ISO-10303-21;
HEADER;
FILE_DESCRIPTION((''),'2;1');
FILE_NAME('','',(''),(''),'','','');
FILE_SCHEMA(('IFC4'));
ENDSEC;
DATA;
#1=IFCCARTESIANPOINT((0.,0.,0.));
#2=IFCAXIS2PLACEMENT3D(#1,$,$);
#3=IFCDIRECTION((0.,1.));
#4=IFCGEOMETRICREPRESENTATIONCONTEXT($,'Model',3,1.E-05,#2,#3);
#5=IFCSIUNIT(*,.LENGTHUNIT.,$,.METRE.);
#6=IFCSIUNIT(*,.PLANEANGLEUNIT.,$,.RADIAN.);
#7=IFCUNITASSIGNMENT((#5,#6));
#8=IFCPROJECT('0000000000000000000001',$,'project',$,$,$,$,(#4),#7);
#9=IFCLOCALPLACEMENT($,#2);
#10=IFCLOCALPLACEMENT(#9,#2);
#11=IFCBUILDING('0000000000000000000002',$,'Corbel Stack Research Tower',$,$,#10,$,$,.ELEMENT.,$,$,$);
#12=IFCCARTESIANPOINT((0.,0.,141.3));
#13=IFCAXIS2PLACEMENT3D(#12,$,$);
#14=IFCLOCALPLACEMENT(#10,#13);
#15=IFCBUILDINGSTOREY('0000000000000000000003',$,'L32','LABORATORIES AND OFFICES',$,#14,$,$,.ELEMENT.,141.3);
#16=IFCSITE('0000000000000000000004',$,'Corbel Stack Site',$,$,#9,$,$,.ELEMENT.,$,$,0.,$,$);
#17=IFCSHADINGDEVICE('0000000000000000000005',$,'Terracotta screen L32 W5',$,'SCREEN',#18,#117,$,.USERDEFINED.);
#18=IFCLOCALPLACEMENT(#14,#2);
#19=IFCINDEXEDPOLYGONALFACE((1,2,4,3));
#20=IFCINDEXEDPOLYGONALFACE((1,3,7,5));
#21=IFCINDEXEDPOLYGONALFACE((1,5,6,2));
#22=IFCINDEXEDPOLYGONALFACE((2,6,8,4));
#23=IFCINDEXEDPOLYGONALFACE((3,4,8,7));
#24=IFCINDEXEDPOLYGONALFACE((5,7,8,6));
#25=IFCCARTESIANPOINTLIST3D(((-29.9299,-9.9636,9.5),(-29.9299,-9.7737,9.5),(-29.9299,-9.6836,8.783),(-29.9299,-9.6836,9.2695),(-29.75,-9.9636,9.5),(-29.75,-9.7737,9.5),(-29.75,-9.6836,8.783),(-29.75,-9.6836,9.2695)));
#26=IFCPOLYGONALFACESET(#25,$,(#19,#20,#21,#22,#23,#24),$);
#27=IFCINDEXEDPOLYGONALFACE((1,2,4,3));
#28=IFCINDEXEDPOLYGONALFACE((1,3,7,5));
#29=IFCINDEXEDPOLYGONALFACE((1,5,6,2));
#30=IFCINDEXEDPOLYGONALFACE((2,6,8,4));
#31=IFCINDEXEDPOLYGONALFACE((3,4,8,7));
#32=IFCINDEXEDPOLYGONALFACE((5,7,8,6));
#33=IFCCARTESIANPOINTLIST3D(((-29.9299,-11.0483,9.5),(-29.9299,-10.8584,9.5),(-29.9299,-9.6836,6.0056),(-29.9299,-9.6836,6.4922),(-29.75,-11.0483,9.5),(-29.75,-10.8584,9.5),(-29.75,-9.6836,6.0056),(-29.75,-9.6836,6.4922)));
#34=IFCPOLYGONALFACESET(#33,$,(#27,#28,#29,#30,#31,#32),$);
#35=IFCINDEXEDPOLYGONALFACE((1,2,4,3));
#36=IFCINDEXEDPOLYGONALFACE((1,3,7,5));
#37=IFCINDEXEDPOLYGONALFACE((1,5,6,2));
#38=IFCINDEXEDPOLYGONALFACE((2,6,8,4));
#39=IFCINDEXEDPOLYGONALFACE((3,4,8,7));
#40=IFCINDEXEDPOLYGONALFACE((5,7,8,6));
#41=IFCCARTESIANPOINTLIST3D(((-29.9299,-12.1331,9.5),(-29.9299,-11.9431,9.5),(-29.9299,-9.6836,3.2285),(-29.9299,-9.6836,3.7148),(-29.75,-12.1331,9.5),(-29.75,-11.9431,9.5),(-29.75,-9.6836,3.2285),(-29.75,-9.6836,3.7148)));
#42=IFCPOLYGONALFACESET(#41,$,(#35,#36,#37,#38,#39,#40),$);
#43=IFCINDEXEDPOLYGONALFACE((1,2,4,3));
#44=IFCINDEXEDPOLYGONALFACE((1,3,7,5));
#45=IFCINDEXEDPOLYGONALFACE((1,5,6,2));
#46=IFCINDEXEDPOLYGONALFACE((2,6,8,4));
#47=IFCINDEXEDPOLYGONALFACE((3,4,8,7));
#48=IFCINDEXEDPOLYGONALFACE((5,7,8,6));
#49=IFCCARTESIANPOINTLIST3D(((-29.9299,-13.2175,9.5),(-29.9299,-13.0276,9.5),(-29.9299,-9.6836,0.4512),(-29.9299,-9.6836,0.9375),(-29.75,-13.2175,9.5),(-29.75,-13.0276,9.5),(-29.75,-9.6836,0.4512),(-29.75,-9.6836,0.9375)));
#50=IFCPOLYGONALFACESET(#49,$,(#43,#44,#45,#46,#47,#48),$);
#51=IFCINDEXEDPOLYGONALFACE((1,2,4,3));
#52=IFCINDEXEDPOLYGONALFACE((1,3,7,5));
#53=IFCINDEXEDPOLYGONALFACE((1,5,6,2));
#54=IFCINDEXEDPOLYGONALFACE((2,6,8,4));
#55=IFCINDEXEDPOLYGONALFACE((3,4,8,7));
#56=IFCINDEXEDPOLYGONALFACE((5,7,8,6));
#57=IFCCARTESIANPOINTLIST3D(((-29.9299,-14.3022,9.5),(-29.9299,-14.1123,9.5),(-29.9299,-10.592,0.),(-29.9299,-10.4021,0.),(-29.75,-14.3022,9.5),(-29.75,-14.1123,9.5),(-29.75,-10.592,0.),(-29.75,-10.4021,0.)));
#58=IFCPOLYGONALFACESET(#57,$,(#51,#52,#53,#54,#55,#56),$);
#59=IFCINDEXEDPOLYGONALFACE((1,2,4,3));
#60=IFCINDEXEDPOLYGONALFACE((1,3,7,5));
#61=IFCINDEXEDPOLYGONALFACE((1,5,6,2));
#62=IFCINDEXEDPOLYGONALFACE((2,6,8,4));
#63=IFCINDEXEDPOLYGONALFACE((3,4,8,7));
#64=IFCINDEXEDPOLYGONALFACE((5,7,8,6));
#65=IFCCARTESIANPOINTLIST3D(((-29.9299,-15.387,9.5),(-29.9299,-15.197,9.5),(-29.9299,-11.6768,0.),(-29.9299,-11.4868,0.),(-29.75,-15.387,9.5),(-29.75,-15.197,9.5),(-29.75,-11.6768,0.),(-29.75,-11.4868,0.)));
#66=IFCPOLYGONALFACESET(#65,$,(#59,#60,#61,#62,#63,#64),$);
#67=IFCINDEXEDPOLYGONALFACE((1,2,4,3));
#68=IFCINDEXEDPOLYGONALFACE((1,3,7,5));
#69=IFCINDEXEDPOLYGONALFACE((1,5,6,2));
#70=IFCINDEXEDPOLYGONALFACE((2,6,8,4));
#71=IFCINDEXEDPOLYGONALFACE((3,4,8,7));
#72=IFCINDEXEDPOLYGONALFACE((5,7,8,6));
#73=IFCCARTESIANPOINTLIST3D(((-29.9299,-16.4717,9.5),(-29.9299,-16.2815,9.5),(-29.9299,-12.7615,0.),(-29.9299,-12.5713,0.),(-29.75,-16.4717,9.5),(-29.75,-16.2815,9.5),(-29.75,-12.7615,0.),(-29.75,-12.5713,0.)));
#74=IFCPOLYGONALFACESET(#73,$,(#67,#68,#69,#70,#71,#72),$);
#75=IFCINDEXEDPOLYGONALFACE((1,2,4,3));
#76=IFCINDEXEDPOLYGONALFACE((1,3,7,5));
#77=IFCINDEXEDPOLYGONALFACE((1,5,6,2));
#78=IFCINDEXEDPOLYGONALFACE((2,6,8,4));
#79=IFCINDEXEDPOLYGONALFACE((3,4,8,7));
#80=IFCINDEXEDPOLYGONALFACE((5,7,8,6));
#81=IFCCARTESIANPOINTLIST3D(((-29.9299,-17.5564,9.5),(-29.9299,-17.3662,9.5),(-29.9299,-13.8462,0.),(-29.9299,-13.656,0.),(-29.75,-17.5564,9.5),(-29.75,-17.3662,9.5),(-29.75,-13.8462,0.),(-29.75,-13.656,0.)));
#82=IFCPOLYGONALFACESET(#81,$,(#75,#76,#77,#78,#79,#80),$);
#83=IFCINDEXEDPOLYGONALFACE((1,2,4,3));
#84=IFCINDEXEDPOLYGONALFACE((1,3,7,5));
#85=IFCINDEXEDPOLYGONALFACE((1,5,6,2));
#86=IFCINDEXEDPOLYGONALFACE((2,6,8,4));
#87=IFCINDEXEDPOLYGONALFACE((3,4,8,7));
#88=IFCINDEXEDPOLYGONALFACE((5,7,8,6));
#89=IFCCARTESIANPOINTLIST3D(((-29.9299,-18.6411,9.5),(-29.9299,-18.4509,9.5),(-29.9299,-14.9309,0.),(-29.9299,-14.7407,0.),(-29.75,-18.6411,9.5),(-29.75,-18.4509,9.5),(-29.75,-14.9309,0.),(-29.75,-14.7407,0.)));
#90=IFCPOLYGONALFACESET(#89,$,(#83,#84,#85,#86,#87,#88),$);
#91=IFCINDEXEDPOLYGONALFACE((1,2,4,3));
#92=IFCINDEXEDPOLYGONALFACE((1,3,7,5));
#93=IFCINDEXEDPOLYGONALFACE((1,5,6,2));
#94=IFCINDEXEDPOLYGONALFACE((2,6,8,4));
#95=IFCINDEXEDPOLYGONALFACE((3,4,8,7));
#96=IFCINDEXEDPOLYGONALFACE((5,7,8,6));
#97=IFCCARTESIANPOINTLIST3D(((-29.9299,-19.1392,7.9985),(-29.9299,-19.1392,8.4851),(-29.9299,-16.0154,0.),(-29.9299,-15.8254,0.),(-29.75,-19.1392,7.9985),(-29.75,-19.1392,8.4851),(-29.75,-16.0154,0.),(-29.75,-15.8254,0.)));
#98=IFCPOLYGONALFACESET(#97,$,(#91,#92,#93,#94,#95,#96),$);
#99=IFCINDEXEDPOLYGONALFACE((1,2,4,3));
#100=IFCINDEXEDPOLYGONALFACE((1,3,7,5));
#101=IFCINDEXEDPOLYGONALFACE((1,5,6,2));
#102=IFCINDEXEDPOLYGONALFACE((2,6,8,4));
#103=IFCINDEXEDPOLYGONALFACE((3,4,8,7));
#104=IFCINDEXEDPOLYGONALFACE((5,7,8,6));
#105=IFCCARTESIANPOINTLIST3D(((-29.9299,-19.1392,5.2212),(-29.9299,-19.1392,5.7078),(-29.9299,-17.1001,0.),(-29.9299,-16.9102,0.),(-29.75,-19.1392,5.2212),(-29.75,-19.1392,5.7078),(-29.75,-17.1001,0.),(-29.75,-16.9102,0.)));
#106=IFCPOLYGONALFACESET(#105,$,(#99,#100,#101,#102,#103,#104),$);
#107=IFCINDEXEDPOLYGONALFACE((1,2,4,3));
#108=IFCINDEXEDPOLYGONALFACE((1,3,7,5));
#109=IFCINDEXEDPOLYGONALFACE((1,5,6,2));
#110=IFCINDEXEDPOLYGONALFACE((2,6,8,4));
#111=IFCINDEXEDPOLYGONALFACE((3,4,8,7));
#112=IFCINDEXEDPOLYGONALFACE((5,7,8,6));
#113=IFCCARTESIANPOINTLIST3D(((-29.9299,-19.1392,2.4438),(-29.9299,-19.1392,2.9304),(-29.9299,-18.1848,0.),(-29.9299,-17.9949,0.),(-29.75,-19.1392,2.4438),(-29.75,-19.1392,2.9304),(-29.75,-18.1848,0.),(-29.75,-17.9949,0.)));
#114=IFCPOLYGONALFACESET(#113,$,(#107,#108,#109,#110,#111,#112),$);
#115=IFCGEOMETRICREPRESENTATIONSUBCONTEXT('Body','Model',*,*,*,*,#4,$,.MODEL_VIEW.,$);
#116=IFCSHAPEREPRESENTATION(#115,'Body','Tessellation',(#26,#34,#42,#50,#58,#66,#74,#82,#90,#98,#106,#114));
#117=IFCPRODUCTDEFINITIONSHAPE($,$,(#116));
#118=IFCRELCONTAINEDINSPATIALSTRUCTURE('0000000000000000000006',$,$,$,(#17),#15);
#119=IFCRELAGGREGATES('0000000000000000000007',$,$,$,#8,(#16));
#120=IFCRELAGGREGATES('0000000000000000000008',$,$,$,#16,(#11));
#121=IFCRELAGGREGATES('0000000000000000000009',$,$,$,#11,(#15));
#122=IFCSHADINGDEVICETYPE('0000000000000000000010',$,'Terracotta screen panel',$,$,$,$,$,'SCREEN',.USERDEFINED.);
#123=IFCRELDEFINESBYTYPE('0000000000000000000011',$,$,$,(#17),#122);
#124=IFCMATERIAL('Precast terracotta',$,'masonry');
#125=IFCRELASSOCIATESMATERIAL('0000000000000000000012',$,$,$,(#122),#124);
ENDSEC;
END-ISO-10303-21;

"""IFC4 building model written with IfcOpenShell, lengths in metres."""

from ifc_helpers import new_model, si_unit, direction, frame, origin, place, context, subcontext, project, spatial, polyline, outline, extrude, source, transform, mapped, material, type_object, element, save


model = new_model("IFC4")

# Units and contexts
model_context = context("Model", 3, precision=1e-05, world=origin(), true_north=direction((0.0, 1.0)))
body_context = subcontext(model_context, "Body", "Model", "MODEL_VIEW")
ifc_project = project(units=[si_unit("LENGTHUNIT", "METRE"), si_unit("PLANEANGLEUNIT", "RADIAN")], contexts=[model_context])

# Site, building, storey
site_placement = place(None, origin())
site = spatial("IfcSite", under=ifc_project, at=site_placement, Name="Corbel Stack Site", CompositionType="ELEMENT", RefElevation=0.0)
building_placement = place(site_placement, origin())
building = spatial("IfcBuilding", under=site, at=building_placement, Name="Corbel Stack Research Tower", CompositionType="ELEMENT")
storey_placement = place(building_placement, frame((0.0, 0.0, 141.3)))
storey = spatial("IfcBuildingStorey", under=building, at=storey_placement, Name="L32", Description="LABORATORIES AND OFFICES", CompositionType="ELEMENT", Elevation=141.3)

# Shading device
ifc_material_1 = material(Name="Precast terracotta", Category="masonry")
shading_device_type = type_object("IfcShadingDeviceType", Name="Terracotta screen panel", ElementType="SCREEN", PredefinedType="USERDEFINED", material=ifc_material_1)
shared_shape_1 = source(origin(), body_context, "Body", "SweptSolid", [
    extrude(outline(polyline([(0.28, 9.5), (0.0901, 9.5), (0.0, 9.2695), (0.0, 8.783), (0.28, 9.5)])), frame((0.0, 0.0, 0.0), z_axis=(0.0, -1.0, 0.0), x_axis=(1.0, 0.0, 0.0)), (0.0, 0.0, 1.0), 0.1799),
    extrude(outline(polyline([(1.3647, 9.5), (1.1748, 9.5), (0.0, 6.4922), (0.0, 6.0056), (1.3647, 9.5)])), frame((0.0, 0.0, 0.0), z_axis=(0.0, -1.0, 0.0), x_axis=(1.0, 0.0, 0.0)), (0.0, 0.0, 1.0), 0.1799),
    extrude(outline(polyline([(2.4495, 9.5), (2.2595, 9.5), (0.0, 3.7148), (0.0, 3.2285), (2.4495, 9.5)])), frame((0.0, 0.0, 0.0), z_axis=(0.0, -1.0, 0.0), x_axis=(1.0, 0.0, 0.0)), (0.0, 0.0, 1.0), 0.1799),
    extrude(outline(polyline([(3.5339, 9.5), (3.344, 9.5), (0.0, 0.9375), (0.0, 0.4512), (3.5339, 9.5)])), frame((0.0, 0.0, 0.0), z_axis=(0.0, -1.0, 0.0), x_axis=(1.0, 0.0, 0.0)), (0.0, 0.0, 1.0), 0.1799),
    extrude(outline(polyline([(0.9084, 0.0), (4.6187, 9.5), (4.4287, 9.5), (0.7185, 0.0), (0.9084, 0.0)])), frame((0.0, 0.0, 0.0), z_axis=(0.0, -1.0, 0.0), x_axis=(1.0, 0.0, 0.0)), (0.0, 0.0, 1.0), 0.1799),
    extrude(outline(polyline([(1.9932, 0.0), (5.7034, 9.5), (5.5134, 9.5), (1.8032, 0.0), (1.9932, 0.0)])), frame((0.0, 0.0, 0.0), z_axis=(0.0, -1.0, 0.0), x_axis=(1.0, 0.0, 0.0)), (0.0, 0.0, 1.0), 0.1799),
    extrude(outline(polyline([(3.0779, 0.0), (6.7881, 9.5), (6.5979, 9.5), (2.8877, 0.0), (3.0779, 0.0)])), frame((0.0, 0.0, 0.0), z_axis=(0.0, -1.0, 0.0), x_axis=(1.0, 0.0, 0.0)), (0.0, 0.0, 1.0), 0.1799),
    extrude(outline(polyline([(4.1626, 0.0), (7.8728, 9.5), (7.6826, 9.5), (3.9724, 0.0), (4.1626, 0.0)])), frame((0.0, 0.0, 0.0), z_axis=(0.0, -1.0, 0.0), x_axis=(1.0, 0.0, 0.0)), (0.0, 0.0, 1.0), 0.1799),
    extrude(outline(polyline([(5.2473, 0.0), (8.9575, 9.5), (8.7673, 9.5), (5.0571, 0.0), (5.2473, 0.0)])), frame((0.0, 0.0, 0.0), z_axis=(0.0, -1.0, 0.0), x_axis=(1.0, 0.0, 0.0)), (0.0, 0.0, 1.0), 0.1799),
    extrude(outline(polyline([(6.3318, 0.0), (9.4556, 7.9985), (9.4556, 8.4851), (6.1418, 0.0), (6.3318, 0.0)])), frame((0.0, 0.0, 0.0), z_axis=(0.0, -1.0, 0.0), x_axis=(1.0, 0.0, 0.0)), (0.0, 0.0, 1.0), 0.1799),
    extrude(outline(polyline([(7.4165, 0.0), (9.4556, 5.2212), (9.4556, 5.7078), (7.2266, 0.0), (7.4165, 0.0)])), frame((0.0, 0.0, 0.0), z_axis=(0.0, -1.0, 0.0), x_axis=(1.0, 0.0, 0.0)), (0.0, 0.0, 1.0), 0.1799),
    extrude(outline(polyline([(8.5012, 0.0), (9.4556, 2.4438), (9.4556, 2.9304), (8.3113, 0.0), (8.5012, 0.0)])), frame((0.0, 0.0, 0.0), z_axis=(0.0, -1.0, 0.0), x_axis=(1.0, 0.0, 0.0)), (0.0, 0.0, 1.0), 0.1799),
])
shading_device_1_placement = place(storey_placement, frame((-29.75, -9.6836, 0.0), z_axis=(0.0, 0.0, 1.0), x_axis=(0.0, -1.0, 0.0)))
element("IfcShadingDevice", 1, at=shading_device_1_placement, inside=storey, type_object=shading_device_type, Name="Terracotta screen L32 W5", ObjectType="SCREEN", PredefinedType="USERDEFINED", context=body_context, shape_type="MappedRepresentation", body=[
    mapped(shared_shape_1, transform((0.0, 0.0, 0.0))),
])

save(model, "model.ifc")
